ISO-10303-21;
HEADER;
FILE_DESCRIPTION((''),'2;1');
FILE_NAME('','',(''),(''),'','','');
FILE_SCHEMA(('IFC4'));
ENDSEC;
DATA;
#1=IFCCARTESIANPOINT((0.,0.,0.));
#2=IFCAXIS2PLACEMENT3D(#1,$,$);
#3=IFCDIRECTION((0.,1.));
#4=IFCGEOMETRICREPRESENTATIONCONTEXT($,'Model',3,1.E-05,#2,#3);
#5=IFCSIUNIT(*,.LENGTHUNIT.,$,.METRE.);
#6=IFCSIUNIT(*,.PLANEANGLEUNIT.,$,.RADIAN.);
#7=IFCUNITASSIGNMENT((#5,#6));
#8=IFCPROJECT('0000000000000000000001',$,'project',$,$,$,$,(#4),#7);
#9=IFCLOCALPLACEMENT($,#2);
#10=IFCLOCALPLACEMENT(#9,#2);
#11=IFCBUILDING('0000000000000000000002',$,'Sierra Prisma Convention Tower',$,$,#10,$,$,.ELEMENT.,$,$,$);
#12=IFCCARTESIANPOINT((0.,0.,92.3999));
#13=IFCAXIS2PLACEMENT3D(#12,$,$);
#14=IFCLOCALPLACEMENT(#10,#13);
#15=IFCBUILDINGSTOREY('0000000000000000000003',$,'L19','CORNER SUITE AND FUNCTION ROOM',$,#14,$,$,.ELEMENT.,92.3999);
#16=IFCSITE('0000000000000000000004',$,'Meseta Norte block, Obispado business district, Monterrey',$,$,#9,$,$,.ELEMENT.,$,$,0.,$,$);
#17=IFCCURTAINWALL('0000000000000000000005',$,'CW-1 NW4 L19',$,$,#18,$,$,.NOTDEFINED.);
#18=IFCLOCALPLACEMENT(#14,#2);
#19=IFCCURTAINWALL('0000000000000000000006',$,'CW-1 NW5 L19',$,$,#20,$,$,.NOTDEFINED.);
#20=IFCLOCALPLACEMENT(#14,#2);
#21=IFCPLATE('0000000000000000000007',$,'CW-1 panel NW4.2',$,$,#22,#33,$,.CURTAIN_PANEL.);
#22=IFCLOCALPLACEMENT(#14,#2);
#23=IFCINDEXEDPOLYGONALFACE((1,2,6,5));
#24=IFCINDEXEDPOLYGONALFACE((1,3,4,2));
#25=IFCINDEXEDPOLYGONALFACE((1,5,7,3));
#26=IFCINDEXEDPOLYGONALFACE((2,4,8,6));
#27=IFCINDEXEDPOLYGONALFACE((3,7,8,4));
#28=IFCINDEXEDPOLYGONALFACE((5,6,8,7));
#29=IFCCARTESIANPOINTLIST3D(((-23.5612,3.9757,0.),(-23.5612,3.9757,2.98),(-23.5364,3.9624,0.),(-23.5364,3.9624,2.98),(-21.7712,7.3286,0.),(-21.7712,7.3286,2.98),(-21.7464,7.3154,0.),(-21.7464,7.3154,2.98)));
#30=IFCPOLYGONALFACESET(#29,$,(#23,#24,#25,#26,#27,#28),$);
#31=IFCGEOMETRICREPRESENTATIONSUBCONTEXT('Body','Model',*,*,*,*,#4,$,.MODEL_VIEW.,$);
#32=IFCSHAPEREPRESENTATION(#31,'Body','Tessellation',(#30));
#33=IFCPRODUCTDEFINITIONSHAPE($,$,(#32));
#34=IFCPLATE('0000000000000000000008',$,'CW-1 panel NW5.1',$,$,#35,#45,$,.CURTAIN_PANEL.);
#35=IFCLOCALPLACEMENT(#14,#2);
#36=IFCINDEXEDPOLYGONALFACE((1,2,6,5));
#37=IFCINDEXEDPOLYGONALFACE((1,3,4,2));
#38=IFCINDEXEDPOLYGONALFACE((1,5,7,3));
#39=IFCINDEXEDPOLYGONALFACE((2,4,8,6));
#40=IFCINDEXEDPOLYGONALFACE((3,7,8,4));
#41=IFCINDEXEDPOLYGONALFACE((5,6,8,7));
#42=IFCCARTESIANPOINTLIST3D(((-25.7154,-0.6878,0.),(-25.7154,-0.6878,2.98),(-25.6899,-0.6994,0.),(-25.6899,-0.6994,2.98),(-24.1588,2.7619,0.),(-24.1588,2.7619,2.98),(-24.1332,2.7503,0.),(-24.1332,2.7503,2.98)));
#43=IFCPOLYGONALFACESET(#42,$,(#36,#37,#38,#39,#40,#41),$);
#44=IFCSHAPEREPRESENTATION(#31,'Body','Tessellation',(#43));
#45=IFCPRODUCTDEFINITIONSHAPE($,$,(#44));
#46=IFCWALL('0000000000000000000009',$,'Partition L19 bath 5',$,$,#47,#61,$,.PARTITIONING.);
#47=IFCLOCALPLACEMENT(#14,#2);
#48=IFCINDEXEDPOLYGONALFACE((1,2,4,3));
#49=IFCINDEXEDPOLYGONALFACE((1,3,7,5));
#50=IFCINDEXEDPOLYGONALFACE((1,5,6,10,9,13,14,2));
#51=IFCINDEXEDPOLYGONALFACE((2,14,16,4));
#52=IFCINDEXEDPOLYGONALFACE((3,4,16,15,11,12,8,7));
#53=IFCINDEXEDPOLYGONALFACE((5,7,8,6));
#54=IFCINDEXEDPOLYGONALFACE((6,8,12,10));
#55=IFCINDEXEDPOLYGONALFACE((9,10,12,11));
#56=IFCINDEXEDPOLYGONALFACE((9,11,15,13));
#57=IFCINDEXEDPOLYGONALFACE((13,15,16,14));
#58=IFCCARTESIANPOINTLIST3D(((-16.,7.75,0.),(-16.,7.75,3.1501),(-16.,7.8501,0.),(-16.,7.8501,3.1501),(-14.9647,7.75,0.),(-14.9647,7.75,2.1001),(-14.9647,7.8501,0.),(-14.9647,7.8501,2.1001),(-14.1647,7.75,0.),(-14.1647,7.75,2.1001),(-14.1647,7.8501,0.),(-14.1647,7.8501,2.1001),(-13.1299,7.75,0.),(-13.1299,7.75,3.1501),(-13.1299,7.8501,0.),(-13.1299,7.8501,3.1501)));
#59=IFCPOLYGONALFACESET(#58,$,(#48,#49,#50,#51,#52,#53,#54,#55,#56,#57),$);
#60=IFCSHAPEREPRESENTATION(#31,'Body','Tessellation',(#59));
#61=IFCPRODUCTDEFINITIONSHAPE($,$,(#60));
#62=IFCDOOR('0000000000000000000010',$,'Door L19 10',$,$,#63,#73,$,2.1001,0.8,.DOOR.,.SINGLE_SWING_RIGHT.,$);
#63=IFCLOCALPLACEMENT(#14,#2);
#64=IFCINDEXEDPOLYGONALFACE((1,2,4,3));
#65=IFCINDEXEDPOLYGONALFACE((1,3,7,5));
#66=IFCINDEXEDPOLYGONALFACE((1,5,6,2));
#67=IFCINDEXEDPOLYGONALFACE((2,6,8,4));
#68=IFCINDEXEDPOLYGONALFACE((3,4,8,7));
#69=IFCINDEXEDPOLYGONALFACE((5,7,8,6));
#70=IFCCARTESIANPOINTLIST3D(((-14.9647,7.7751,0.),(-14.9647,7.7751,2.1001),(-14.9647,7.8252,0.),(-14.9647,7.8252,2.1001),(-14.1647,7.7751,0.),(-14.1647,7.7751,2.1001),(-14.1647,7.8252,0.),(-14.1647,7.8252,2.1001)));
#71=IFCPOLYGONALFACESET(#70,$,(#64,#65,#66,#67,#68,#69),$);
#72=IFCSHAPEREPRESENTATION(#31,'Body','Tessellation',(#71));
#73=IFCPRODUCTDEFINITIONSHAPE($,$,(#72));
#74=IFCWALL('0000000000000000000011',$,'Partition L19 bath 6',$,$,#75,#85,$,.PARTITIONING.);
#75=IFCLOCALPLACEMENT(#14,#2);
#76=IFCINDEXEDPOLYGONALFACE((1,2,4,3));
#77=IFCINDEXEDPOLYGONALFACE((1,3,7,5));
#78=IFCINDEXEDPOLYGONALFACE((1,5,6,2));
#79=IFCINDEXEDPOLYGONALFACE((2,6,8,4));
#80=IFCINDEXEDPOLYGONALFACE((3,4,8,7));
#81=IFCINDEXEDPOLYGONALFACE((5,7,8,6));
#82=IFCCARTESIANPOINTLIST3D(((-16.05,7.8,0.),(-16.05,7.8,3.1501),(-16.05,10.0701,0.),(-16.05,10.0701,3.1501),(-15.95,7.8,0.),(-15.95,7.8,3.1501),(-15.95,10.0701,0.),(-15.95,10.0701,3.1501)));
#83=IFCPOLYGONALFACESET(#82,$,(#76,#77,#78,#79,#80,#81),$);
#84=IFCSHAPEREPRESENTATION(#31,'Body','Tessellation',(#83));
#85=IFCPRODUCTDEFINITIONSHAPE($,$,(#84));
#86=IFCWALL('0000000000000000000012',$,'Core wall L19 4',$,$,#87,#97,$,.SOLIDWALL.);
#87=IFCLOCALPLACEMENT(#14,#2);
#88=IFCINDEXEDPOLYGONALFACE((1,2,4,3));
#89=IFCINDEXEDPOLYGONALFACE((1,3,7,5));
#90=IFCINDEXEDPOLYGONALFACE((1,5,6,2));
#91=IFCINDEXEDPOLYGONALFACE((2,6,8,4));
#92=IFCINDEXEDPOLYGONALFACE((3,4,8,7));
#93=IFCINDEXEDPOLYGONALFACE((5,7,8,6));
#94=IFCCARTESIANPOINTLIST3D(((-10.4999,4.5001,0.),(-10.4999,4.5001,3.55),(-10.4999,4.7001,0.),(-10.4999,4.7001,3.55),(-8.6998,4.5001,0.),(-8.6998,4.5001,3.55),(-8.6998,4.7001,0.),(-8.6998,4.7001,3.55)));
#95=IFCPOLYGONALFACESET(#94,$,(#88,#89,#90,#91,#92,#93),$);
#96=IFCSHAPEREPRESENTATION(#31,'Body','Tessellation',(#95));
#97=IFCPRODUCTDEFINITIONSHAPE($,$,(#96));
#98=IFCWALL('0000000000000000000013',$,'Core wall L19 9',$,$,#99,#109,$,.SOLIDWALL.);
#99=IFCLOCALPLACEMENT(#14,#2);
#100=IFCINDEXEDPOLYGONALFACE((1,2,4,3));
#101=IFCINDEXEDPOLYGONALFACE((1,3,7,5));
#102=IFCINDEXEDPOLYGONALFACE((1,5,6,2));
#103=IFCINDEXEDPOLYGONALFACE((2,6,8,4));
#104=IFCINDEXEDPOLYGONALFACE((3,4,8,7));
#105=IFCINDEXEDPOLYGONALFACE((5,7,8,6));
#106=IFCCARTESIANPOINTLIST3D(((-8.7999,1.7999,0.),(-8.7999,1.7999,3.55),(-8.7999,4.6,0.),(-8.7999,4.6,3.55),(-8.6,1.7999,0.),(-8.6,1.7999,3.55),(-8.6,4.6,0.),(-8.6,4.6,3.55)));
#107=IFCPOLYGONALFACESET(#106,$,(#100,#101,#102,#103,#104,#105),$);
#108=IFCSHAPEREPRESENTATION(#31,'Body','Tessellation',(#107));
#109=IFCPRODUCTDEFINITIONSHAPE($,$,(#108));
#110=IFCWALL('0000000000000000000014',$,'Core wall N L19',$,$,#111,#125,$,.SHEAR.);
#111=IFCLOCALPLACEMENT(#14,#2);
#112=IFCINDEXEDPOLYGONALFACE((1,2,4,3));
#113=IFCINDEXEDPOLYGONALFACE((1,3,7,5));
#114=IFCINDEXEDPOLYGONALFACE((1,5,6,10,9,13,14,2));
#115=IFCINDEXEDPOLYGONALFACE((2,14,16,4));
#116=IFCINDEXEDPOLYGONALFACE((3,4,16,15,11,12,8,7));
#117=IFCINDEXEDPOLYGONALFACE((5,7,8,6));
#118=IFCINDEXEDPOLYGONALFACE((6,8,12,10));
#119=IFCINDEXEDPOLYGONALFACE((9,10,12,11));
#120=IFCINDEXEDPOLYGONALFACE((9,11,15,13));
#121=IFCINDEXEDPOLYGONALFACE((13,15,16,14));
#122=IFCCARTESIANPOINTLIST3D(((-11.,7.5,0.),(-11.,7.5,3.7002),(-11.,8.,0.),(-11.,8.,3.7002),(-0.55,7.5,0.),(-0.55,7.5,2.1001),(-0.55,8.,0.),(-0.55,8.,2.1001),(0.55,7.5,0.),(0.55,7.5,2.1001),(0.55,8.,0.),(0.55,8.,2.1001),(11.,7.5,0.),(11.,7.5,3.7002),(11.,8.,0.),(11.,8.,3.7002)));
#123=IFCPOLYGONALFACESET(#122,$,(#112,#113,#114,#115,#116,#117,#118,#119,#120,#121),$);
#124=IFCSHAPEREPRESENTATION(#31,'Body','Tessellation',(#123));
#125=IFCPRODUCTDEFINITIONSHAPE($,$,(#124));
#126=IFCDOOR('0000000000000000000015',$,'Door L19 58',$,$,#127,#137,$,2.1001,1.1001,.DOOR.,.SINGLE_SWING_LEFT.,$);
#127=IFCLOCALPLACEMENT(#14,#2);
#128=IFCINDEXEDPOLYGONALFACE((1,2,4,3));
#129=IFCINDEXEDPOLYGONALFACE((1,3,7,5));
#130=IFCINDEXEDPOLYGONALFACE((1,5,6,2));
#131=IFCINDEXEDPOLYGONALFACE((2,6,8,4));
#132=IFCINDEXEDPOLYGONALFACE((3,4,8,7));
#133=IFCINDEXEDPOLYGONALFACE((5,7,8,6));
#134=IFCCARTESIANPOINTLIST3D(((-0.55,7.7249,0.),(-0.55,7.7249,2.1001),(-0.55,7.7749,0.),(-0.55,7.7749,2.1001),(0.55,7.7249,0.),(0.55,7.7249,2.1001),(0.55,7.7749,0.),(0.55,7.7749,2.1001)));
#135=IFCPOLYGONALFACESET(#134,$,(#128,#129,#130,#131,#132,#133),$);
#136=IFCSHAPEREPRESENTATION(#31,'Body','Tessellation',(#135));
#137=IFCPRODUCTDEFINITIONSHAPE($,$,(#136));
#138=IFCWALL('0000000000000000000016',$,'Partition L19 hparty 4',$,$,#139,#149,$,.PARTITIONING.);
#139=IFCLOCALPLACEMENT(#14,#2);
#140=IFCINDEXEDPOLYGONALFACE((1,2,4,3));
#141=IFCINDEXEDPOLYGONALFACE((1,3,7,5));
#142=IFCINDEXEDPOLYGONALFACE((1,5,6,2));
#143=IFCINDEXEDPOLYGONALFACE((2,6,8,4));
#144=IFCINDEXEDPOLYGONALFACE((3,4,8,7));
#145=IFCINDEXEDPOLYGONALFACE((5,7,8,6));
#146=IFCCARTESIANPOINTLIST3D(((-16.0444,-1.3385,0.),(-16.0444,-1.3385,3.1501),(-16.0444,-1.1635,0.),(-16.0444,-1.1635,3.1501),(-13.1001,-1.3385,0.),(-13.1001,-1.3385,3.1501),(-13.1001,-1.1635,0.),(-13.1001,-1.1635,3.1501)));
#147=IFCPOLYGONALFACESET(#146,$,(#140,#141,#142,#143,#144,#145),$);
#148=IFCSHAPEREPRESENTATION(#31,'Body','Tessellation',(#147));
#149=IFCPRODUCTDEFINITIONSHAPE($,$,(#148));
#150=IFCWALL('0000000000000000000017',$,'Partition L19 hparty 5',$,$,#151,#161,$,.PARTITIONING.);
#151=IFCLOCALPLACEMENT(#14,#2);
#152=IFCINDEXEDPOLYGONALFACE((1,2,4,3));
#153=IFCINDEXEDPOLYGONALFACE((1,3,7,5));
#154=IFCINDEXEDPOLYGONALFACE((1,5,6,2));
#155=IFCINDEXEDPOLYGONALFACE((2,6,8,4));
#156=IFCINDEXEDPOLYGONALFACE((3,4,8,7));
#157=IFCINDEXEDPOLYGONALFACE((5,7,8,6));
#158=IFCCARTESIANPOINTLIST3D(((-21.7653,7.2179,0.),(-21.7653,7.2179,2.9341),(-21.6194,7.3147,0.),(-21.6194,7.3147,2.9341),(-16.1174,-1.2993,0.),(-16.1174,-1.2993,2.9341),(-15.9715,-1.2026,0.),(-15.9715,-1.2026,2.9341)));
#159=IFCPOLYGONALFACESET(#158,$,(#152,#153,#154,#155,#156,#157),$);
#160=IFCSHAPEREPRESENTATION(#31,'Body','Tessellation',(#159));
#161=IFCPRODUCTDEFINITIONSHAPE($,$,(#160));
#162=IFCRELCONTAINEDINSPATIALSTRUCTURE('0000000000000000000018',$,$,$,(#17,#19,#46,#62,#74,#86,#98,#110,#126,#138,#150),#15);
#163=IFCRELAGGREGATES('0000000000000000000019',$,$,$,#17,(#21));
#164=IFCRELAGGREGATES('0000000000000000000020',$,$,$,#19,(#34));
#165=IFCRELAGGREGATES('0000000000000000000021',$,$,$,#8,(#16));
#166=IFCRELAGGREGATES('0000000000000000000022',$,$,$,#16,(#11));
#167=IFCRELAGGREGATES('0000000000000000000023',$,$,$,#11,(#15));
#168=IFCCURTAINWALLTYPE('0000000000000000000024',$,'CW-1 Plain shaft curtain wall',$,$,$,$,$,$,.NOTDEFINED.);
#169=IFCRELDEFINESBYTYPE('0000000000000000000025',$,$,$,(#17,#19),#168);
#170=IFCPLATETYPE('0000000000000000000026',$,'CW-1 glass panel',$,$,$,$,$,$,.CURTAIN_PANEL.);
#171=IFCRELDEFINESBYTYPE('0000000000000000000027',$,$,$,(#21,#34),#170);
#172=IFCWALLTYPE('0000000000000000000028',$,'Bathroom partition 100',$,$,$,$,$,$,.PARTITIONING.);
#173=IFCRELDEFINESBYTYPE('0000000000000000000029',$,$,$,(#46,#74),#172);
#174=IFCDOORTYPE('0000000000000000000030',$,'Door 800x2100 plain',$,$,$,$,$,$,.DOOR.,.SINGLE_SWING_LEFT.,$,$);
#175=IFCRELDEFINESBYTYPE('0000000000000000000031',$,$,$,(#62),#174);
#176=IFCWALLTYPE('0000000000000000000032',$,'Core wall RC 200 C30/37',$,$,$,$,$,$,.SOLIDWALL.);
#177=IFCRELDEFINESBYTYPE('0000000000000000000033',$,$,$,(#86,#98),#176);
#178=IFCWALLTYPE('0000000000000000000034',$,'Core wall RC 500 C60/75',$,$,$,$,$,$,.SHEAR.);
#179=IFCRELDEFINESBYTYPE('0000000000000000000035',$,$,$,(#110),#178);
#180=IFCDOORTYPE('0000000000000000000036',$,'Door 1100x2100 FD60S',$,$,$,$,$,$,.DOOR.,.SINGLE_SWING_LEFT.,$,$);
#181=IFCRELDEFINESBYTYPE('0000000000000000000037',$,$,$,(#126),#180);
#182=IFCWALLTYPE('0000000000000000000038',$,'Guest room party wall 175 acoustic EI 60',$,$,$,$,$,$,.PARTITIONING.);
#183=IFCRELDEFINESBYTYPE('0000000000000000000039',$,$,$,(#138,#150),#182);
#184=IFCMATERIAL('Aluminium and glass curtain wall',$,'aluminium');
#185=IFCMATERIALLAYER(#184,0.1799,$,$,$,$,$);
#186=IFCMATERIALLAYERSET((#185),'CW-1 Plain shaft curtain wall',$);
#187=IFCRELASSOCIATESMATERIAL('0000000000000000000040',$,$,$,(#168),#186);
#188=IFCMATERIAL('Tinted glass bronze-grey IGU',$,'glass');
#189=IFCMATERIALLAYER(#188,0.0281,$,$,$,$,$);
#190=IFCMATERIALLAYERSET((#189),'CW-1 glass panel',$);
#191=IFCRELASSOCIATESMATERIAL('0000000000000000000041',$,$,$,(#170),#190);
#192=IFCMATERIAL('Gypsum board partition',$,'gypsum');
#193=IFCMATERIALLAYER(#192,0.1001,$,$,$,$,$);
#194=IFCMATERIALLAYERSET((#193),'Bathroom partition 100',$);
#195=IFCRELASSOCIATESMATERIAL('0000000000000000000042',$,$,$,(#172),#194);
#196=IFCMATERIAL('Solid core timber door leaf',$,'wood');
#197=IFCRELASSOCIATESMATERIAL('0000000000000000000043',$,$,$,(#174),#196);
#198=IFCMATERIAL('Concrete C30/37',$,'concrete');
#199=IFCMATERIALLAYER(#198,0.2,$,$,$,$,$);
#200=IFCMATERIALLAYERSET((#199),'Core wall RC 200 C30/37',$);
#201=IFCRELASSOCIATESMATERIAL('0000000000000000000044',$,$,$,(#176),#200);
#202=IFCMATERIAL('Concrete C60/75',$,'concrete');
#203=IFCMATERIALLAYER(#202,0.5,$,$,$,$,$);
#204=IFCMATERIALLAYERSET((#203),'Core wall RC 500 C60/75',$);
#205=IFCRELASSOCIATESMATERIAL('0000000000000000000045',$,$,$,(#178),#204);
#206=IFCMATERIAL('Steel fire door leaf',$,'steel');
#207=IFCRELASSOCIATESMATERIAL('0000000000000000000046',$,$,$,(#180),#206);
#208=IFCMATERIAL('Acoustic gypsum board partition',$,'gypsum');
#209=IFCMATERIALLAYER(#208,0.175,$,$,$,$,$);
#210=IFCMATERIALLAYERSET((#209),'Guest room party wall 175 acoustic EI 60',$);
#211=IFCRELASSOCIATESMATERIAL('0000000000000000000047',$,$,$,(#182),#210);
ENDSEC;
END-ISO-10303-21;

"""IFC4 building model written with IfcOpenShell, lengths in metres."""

from ifc_helpers import new_model, si_unit, direction, frame, frame_2d, origin, origin_2d, place, context, subcontext, project, spatial, rectangle, extrude, material, layer, layer_set, type_object, element, fill, aggregate, save


model = new_model("IFC4")

# Units and contexts
model_context = context("Model", 3, precision=1e-05, world=origin(), true_north=direction((0.0, 1.0)))
body_context = subcontext(model_context, "Body", "Model", "MODEL_VIEW")
ifc_project = project(units=[si_unit("LENGTHUNIT", "METRE"), si_unit("PLANEANGLEUNIT", "RADIAN")], contexts=[model_context])

# Site, building, storey
site_placement = place(None, origin())
site = spatial("IfcSite", under=ifc_project, at=site_placement, Name="Meseta Norte block, Obispado business district, Monterrey", CompositionType="ELEMENT", RefElevation=0.0)
building_placement = place(site_placement, origin())
building = spatial("IfcBuilding", under=site, at=building_placement, Name="Sierra Prisma Convention Tower", CompositionType="ELEMENT")
storey_placement = place(building_placement, frame((0.0, 0.0, 92.3999)))
storey = spatial("IfcBuildingStorey", under=building, at=storey_placement, Name="L19", Description="CORNER SUITE AND FUNCTION ROOM", CompositionType="ELEMENT", Elevation=92.3999)

# Curtain wall
ifc_material_1 = material(Name="Aluminium and glass curtain wall", Category="aluminium")
ifc_layer_1 = layer(ifc_material_1, 0.1799)
ifc_layer_set_1 = layer_set([ifc_layer_1], Name="CW-1 Plain shaft curtain wall")
curtain_wall_type = type_object("IfcCurtainWallType", Name="CW-1 Plain shaft curtain wall", PredefinedType="NOTDEFINED", material=ifc_layer_set_1)
curtain_wall_1_placement = place(storey_placement, origin())
curtain_wall_1 = element("IfcCurtainWall", 1, at=curtain_wall_1_placement, inside=storey, type_object=curtain_wall_type, Name="CW-1 NW4 L19", PredefinedType="NOTDEFINED")

# Curtain wall
curtain_wall_2_placement = place(storey_placement, origin())
curtain_wall_2 = element("IfcCurtainWall", 2, at=curtain_wall_2_placement, inside=storey, type_object=curtain_wall_type, Name="CW-1 NW5 L19", PredefinedType="NOTDEFINED")

# Plates
ifc_material_2 = material(Name="Tinted glass bronze-grey IGU", Category="glass")
ifc_layer_2 = layer(ifc_material_2, 0.0281)
ifc_layer_set_2 = layer_set([ifc_layer_2], Name="CW-1 glass panel")
plate_type = type_object("IfcPlateType", Name="CW-1 glass panel", PredefinedType="CURTAIN_PANEL", material=ifc_layer_set_2)
plate_1_placement = place(storey_placement, frame((-22.6538, 5.6455, 0.0), z_axis=(0.0, 0.0, 1.0), x_axis=(-0.470945, -0.882163, 0.0)))
plate_1 = element("IfcPlate", 3, at=plate_1_placement, type_object=plate_type, Name="CW-1 panel NW4.2", PredefinedType="CURTAIN_PANEL", context=body_context, shape_type="SweptSolid", body=[
    extrude(rectangle(XDim=3.8008, YDim=0.0281, at=origin_2d()), origin(), (0.0, 0.0, 1.0), 2.98),
])
aggregate(curtain_wall_1, [plate_1])
plate_2_placement = place(storey_placement, frame((-24.9243, 1.0312, 0.0), z_axis=(0.0, 0.0, 1.0), x_axis=(-0.411307, -0.911497, 0.0)))
plate_2 = element("IfcPlate", 4, at=plate_2_placement, type_object=plate_type, Name="CW-1 panel NW5.1", PredefinedType="CURTAIN_PANEL", context=body_context, shape_type="SweptSolid", body=[
    extrude(rectangle(XDim=3.7847, YDim=0.0281, at=origin_2d()), origin(), (0.0, 0.0, 1.0), 2.98),
])
aggregate(curtain_wall_2, [plate_2])

# Wall, opening, door
ifc_material_3 = material(Name="Gypsum board partition", Category="gypsum")
ifc_layer_3 = layer(ifc_material_3, 0.1001)
ifc_layer_set_3 = layer_set([ifc_layer_3], Name="Bathroom partition 100")
wall_type_1 = type_object("IfcWallType", Name="Bathroom partition 100", PredefinedType="PARTITIONING", material=ifc_layer_set_3)
wall_1_placement = place(storey_placement, frame((-13.1299, 7.8, 0.0), z_axis=(0.0, 0.0, 1.0), x_axis=(-1.0, 0.0, 0.0)))
wall_1 = element("IfcWall", 5, at=wall_1_placement, inside=storey, type_object=wall_type_1, Name="Partition L19 bath 5", PredefinedType="PARTITIONING", context=body_context, shape_type="SweptSolid", body=[
    extrude(rectangle(XDim=2.8701, YDim=0.1001, at=frame_2d((1.4351, 0.0))), origin(), (0.0, 0.0, 1.0), 3.1501),
])
opening_1_placement = place(wall_1_placement, frame((1.0349, 0.0, 0.0)))
opening_1 = element("IfcOpeningElement", 6, at=opening_1_placement, cuts=wall_1, PredefinedType="OPENING", context=body_context, shape_type="SweptSolid", body=[
    extrude(rectangle(XDim=0.8, YDim=2.1001, at=frame_2d((0.3999, 1.05))), frame((0.0, 0.05, 0.0), z_axis=(0.0, -1.0, 0.0), x_axis=(1.0, 0.0, 0.0)), (0.0, 0.0, 1.0), 0.1001),
])
ifc_material_4 = material(Name="Solid core timber door leaf", Category="wood")
door_type_1 = type_object("IfcDoorType", Name="Door 800x2100 plain", OperationType="SINGLE_SWING_LEFT", PredefinedType="DOOR", material=ifc_material_4)
door_1_placement = place(opening_1_placement, origin())
door_1 = element("IfcDoor", 7, at=door_1_placement, inside=storey, type_object=door_type_1, Name="Door L19 10", OperationType="SINGLE_SWING_RIGHT", OverallHeight=2.1001, OverallWidth=0.8, PredefinedType="DOOR", context=body_context, shape_type="SweptSolid", body=[
    extrude(rectangle(XDim=0.8, YDim=2.1001, at=frame_2d((0.3999, 1.05))), frame((0.0, 0.0249, 0.0), z_axis=(0.0, -1.0, 0.0), x_axis=(1.0, 0.0, 0.0)), (0.0, 0.0, 1.0), 0.05),
])
fill(opening_1, door_1)

# Wall
wall_2_placement = place(storey_placement, frame((-16.0, 7.8, 0.0), z_axis=(0.0, 0.0, 1.0), x_axis=(0.0, 1.0, 0.0)))
element("IfcWall", 8, at=wall_2_placement, inside=storey, type_object=wall_type_1, Name="Partition L19 bath 6", PredefinedType="PARTITIONING", context=body_context, shape_type="SweptSolid", body=[
    extrude(rectangle(XDim=2.27, YDim=0.1001, at=frame_2d((1.135, 0.0))), origin(), (0.0, 0.0, 1.0), 3.1501),
])

# Shared definitions
ifc_material_5 = material(Name="Concrete C30/37", Category="concrete")
ifc_layer_4 = layer(ifc_material_5, 0.2)
ifc_layer_set_4 = layer_set([ifc_layer_4], Name="Core wall RC 200 C30/37")
wall_type_2 = type_object("IfcWallType", Name="Core wall RC 200 C30/37", PredefinedType="SOLIDWALL", material=ifc_layer_set_4)

# Wall
wall_3_placement = place(storey_placement, frame((-8.7, 4.6001, 0.0), z_axis=(0.0, 0.0, 1.0), x_axis=(-1.0, 0.0, 0.0)))
element("IfcWall", 9, at=wall_3_placement, inside=storey, type_object=wall_type_2, Name="Core wall L19 4", PredefinedType="SOLIDWALL", context=body_context, shape_type="SweptSolid", body=[
    extrude(rectangle(XDim=1.8, YDim=0.2, at=frame_2d((0.8999, 0.0))), origin(), (0.0, 0.0, 1.0), 3.55),
])

# Wall
wall_4_placement = place(storey_placement, frame((-8.7, 1.8, 0.0), z_axis=(0.0, 0.0, 1.0), x_axis=(0.0, 1.0, 0.0)))
element("IfcWall", 10, at=wall_4_placement, inside=storey, type_object=wall_type_2, Name="Core wall L19 9", PredefinedType="SOLIDWALL", context=body_context, shape_type="SweptSolid", body=[
    extrude(rectangle(XDim=2.8, YDim=0.2, at=frame_2d((1.3999, 0.0))), origin(), (0.0, 0.0, 1.0), 3.55),
])

# Wall, opening, door
ifc_material_6 = material(Name="Concrete C60/75", Category="concrete")
ifc_layer_5 = layer(ifc_material_6, 0.5)
ifc_layer_set_5 = layer_set([ifc_layer_5], Name="Core wall RC 500 C60/75")
wall_type_3 = type_object("IfcWallType", Name="Core wall RC 500 C60/75", PredefinedType="SHEAR", material=ifc_layer_set_5)
wall_5_placement = place(storey_placement, frame((-11.0, 7.75, 0.0), z_axis=(0.0, 0.0, 1.0), x_axis=(1.0, 0.0, 0.0)))
wall_5 = element("IfcWall", 11, at=wall_5_placement, inside=storey, type_object=wall_type_3, Name="Core wall N L19", PredefinedType="SHEAR", context=body_context, shape_type="SweptSolid", body=[
    extrude(rectangle(XDim=22.0, YDim=0.5, at=frame_2d((11.0, 0.0))), origin(), (0.0, 0.0, 1.0), 3.7002),
])
opening_2_placement = place(wall_5_placement, frame((10.45, 0.0, 0.0)))
opening_2 = element("IfcOpeningElement", 12, at=opening_2_placement, cuts=wall_5, PredefinedType="OPENING", context=body_context, shape_type="SweptSolid", body=[
    extrude(rectangle(XDim=1.1001, YDim=2.1001, at=frame_2d((0.55, 1.05))), frame((0.0, 0.25, 0.0), z_axis=(0.0, -1.0, 0.0), x_axis=(1.0, 0.0, 0.0)), (0.0, 0.0, 1.0), 0.5),
])
ifc_material_7 = material(Name="Steel fire door leaf", Category="steel")
door_type_2 = type_object("IfcDoorType", Name="Door 1100x2100 FD60S", OperationType="SINGLE_SWING_LEFT", PredefinedType="DOOR", material=ifc_material_7)
door_2_placement = place(opening_2_placement, origin())
door_2 = element("IfcDoor", 13, at=door_2_placement, inside=storey, type_object=door_type_2, Name="Door L19 58", OperationType="SINGLE_SWING_LEFT", OverallHeight=2.1001, OverallWidth=1.1001, PredefinedType="DOOR", context=body_context, shape_type="SweptSolid", body=[
    extrude(rectangle(XDim=1.1001, YDim=2.1001, at=frame_2d((0.55, 1.05))), frame((0.0, 0.0249, 0.0), z_axis=(0.0, -1.0, 0.0), x_axis=(1.0, 0.0, 0.0)), (0.0, 0.0, 1.0), 0.05),
])
fill(opening_2, door_2)

# Walls
ifc_material_8 = material(Name="Acoustic gypsum board partition", Category="gypsum")
ifc_layer_6 = layer(ifc_material_8, 0.175)
ifc_layer_set_6 = layer_set([ifc_layer_6], Name="Guest room party wall 175 acoustic EI 60")
wall_type_4 = type_object("IfcWallType", Name="Guest room party wall 175 acoustic EI 60", PredefinedType="PARTITIONING", material=ifc_layer_set_6)
wall_6_placement = place(storey_placement, frame((-13.1001, -1.251, 0.0), z_axis=(0.0, 0.0, 1.0), x_axis=(-1.0, 0.0, 0.0)))
element("IfcWall", 14, at=wall_6_placement, inside=storey, type_object=wall_type_4, Name="Partition L19 hparty 4", PredefinedType="PARTITIONING", context=body_context, shape_type="SweptSolid", body=[
    extrude(rectangle(XDim=2.9443, YDim=0.175, at=frame_2d((1.4722, 0.0))), origin(), (0.0, 0.0, 1.0), 3.1501),
])
wall_7_placement = place(storey_placement, frame((-16.0444, -1.251, 0.0), z_axis=(0.0, 0.0, 1.0), x_axis=(-0.552648, 0.833415, 0.0)))
element("IfcWall", 15, at=wall_7_placement, inside=storey, type_object=wall_type_4, Name="Partition L19 hparty 5", PredefinedType="PARTITIONING", context=body_context, shape_type="SweptSolid", body=[
    extrude(rectangle(XDim=10.2197, YDim=0.175, at=frame_2d((5.1099, 0.0))), origin(), (0.0, 0.0, 1.0), 2.9341),
])

save(model, "model.ifc")
